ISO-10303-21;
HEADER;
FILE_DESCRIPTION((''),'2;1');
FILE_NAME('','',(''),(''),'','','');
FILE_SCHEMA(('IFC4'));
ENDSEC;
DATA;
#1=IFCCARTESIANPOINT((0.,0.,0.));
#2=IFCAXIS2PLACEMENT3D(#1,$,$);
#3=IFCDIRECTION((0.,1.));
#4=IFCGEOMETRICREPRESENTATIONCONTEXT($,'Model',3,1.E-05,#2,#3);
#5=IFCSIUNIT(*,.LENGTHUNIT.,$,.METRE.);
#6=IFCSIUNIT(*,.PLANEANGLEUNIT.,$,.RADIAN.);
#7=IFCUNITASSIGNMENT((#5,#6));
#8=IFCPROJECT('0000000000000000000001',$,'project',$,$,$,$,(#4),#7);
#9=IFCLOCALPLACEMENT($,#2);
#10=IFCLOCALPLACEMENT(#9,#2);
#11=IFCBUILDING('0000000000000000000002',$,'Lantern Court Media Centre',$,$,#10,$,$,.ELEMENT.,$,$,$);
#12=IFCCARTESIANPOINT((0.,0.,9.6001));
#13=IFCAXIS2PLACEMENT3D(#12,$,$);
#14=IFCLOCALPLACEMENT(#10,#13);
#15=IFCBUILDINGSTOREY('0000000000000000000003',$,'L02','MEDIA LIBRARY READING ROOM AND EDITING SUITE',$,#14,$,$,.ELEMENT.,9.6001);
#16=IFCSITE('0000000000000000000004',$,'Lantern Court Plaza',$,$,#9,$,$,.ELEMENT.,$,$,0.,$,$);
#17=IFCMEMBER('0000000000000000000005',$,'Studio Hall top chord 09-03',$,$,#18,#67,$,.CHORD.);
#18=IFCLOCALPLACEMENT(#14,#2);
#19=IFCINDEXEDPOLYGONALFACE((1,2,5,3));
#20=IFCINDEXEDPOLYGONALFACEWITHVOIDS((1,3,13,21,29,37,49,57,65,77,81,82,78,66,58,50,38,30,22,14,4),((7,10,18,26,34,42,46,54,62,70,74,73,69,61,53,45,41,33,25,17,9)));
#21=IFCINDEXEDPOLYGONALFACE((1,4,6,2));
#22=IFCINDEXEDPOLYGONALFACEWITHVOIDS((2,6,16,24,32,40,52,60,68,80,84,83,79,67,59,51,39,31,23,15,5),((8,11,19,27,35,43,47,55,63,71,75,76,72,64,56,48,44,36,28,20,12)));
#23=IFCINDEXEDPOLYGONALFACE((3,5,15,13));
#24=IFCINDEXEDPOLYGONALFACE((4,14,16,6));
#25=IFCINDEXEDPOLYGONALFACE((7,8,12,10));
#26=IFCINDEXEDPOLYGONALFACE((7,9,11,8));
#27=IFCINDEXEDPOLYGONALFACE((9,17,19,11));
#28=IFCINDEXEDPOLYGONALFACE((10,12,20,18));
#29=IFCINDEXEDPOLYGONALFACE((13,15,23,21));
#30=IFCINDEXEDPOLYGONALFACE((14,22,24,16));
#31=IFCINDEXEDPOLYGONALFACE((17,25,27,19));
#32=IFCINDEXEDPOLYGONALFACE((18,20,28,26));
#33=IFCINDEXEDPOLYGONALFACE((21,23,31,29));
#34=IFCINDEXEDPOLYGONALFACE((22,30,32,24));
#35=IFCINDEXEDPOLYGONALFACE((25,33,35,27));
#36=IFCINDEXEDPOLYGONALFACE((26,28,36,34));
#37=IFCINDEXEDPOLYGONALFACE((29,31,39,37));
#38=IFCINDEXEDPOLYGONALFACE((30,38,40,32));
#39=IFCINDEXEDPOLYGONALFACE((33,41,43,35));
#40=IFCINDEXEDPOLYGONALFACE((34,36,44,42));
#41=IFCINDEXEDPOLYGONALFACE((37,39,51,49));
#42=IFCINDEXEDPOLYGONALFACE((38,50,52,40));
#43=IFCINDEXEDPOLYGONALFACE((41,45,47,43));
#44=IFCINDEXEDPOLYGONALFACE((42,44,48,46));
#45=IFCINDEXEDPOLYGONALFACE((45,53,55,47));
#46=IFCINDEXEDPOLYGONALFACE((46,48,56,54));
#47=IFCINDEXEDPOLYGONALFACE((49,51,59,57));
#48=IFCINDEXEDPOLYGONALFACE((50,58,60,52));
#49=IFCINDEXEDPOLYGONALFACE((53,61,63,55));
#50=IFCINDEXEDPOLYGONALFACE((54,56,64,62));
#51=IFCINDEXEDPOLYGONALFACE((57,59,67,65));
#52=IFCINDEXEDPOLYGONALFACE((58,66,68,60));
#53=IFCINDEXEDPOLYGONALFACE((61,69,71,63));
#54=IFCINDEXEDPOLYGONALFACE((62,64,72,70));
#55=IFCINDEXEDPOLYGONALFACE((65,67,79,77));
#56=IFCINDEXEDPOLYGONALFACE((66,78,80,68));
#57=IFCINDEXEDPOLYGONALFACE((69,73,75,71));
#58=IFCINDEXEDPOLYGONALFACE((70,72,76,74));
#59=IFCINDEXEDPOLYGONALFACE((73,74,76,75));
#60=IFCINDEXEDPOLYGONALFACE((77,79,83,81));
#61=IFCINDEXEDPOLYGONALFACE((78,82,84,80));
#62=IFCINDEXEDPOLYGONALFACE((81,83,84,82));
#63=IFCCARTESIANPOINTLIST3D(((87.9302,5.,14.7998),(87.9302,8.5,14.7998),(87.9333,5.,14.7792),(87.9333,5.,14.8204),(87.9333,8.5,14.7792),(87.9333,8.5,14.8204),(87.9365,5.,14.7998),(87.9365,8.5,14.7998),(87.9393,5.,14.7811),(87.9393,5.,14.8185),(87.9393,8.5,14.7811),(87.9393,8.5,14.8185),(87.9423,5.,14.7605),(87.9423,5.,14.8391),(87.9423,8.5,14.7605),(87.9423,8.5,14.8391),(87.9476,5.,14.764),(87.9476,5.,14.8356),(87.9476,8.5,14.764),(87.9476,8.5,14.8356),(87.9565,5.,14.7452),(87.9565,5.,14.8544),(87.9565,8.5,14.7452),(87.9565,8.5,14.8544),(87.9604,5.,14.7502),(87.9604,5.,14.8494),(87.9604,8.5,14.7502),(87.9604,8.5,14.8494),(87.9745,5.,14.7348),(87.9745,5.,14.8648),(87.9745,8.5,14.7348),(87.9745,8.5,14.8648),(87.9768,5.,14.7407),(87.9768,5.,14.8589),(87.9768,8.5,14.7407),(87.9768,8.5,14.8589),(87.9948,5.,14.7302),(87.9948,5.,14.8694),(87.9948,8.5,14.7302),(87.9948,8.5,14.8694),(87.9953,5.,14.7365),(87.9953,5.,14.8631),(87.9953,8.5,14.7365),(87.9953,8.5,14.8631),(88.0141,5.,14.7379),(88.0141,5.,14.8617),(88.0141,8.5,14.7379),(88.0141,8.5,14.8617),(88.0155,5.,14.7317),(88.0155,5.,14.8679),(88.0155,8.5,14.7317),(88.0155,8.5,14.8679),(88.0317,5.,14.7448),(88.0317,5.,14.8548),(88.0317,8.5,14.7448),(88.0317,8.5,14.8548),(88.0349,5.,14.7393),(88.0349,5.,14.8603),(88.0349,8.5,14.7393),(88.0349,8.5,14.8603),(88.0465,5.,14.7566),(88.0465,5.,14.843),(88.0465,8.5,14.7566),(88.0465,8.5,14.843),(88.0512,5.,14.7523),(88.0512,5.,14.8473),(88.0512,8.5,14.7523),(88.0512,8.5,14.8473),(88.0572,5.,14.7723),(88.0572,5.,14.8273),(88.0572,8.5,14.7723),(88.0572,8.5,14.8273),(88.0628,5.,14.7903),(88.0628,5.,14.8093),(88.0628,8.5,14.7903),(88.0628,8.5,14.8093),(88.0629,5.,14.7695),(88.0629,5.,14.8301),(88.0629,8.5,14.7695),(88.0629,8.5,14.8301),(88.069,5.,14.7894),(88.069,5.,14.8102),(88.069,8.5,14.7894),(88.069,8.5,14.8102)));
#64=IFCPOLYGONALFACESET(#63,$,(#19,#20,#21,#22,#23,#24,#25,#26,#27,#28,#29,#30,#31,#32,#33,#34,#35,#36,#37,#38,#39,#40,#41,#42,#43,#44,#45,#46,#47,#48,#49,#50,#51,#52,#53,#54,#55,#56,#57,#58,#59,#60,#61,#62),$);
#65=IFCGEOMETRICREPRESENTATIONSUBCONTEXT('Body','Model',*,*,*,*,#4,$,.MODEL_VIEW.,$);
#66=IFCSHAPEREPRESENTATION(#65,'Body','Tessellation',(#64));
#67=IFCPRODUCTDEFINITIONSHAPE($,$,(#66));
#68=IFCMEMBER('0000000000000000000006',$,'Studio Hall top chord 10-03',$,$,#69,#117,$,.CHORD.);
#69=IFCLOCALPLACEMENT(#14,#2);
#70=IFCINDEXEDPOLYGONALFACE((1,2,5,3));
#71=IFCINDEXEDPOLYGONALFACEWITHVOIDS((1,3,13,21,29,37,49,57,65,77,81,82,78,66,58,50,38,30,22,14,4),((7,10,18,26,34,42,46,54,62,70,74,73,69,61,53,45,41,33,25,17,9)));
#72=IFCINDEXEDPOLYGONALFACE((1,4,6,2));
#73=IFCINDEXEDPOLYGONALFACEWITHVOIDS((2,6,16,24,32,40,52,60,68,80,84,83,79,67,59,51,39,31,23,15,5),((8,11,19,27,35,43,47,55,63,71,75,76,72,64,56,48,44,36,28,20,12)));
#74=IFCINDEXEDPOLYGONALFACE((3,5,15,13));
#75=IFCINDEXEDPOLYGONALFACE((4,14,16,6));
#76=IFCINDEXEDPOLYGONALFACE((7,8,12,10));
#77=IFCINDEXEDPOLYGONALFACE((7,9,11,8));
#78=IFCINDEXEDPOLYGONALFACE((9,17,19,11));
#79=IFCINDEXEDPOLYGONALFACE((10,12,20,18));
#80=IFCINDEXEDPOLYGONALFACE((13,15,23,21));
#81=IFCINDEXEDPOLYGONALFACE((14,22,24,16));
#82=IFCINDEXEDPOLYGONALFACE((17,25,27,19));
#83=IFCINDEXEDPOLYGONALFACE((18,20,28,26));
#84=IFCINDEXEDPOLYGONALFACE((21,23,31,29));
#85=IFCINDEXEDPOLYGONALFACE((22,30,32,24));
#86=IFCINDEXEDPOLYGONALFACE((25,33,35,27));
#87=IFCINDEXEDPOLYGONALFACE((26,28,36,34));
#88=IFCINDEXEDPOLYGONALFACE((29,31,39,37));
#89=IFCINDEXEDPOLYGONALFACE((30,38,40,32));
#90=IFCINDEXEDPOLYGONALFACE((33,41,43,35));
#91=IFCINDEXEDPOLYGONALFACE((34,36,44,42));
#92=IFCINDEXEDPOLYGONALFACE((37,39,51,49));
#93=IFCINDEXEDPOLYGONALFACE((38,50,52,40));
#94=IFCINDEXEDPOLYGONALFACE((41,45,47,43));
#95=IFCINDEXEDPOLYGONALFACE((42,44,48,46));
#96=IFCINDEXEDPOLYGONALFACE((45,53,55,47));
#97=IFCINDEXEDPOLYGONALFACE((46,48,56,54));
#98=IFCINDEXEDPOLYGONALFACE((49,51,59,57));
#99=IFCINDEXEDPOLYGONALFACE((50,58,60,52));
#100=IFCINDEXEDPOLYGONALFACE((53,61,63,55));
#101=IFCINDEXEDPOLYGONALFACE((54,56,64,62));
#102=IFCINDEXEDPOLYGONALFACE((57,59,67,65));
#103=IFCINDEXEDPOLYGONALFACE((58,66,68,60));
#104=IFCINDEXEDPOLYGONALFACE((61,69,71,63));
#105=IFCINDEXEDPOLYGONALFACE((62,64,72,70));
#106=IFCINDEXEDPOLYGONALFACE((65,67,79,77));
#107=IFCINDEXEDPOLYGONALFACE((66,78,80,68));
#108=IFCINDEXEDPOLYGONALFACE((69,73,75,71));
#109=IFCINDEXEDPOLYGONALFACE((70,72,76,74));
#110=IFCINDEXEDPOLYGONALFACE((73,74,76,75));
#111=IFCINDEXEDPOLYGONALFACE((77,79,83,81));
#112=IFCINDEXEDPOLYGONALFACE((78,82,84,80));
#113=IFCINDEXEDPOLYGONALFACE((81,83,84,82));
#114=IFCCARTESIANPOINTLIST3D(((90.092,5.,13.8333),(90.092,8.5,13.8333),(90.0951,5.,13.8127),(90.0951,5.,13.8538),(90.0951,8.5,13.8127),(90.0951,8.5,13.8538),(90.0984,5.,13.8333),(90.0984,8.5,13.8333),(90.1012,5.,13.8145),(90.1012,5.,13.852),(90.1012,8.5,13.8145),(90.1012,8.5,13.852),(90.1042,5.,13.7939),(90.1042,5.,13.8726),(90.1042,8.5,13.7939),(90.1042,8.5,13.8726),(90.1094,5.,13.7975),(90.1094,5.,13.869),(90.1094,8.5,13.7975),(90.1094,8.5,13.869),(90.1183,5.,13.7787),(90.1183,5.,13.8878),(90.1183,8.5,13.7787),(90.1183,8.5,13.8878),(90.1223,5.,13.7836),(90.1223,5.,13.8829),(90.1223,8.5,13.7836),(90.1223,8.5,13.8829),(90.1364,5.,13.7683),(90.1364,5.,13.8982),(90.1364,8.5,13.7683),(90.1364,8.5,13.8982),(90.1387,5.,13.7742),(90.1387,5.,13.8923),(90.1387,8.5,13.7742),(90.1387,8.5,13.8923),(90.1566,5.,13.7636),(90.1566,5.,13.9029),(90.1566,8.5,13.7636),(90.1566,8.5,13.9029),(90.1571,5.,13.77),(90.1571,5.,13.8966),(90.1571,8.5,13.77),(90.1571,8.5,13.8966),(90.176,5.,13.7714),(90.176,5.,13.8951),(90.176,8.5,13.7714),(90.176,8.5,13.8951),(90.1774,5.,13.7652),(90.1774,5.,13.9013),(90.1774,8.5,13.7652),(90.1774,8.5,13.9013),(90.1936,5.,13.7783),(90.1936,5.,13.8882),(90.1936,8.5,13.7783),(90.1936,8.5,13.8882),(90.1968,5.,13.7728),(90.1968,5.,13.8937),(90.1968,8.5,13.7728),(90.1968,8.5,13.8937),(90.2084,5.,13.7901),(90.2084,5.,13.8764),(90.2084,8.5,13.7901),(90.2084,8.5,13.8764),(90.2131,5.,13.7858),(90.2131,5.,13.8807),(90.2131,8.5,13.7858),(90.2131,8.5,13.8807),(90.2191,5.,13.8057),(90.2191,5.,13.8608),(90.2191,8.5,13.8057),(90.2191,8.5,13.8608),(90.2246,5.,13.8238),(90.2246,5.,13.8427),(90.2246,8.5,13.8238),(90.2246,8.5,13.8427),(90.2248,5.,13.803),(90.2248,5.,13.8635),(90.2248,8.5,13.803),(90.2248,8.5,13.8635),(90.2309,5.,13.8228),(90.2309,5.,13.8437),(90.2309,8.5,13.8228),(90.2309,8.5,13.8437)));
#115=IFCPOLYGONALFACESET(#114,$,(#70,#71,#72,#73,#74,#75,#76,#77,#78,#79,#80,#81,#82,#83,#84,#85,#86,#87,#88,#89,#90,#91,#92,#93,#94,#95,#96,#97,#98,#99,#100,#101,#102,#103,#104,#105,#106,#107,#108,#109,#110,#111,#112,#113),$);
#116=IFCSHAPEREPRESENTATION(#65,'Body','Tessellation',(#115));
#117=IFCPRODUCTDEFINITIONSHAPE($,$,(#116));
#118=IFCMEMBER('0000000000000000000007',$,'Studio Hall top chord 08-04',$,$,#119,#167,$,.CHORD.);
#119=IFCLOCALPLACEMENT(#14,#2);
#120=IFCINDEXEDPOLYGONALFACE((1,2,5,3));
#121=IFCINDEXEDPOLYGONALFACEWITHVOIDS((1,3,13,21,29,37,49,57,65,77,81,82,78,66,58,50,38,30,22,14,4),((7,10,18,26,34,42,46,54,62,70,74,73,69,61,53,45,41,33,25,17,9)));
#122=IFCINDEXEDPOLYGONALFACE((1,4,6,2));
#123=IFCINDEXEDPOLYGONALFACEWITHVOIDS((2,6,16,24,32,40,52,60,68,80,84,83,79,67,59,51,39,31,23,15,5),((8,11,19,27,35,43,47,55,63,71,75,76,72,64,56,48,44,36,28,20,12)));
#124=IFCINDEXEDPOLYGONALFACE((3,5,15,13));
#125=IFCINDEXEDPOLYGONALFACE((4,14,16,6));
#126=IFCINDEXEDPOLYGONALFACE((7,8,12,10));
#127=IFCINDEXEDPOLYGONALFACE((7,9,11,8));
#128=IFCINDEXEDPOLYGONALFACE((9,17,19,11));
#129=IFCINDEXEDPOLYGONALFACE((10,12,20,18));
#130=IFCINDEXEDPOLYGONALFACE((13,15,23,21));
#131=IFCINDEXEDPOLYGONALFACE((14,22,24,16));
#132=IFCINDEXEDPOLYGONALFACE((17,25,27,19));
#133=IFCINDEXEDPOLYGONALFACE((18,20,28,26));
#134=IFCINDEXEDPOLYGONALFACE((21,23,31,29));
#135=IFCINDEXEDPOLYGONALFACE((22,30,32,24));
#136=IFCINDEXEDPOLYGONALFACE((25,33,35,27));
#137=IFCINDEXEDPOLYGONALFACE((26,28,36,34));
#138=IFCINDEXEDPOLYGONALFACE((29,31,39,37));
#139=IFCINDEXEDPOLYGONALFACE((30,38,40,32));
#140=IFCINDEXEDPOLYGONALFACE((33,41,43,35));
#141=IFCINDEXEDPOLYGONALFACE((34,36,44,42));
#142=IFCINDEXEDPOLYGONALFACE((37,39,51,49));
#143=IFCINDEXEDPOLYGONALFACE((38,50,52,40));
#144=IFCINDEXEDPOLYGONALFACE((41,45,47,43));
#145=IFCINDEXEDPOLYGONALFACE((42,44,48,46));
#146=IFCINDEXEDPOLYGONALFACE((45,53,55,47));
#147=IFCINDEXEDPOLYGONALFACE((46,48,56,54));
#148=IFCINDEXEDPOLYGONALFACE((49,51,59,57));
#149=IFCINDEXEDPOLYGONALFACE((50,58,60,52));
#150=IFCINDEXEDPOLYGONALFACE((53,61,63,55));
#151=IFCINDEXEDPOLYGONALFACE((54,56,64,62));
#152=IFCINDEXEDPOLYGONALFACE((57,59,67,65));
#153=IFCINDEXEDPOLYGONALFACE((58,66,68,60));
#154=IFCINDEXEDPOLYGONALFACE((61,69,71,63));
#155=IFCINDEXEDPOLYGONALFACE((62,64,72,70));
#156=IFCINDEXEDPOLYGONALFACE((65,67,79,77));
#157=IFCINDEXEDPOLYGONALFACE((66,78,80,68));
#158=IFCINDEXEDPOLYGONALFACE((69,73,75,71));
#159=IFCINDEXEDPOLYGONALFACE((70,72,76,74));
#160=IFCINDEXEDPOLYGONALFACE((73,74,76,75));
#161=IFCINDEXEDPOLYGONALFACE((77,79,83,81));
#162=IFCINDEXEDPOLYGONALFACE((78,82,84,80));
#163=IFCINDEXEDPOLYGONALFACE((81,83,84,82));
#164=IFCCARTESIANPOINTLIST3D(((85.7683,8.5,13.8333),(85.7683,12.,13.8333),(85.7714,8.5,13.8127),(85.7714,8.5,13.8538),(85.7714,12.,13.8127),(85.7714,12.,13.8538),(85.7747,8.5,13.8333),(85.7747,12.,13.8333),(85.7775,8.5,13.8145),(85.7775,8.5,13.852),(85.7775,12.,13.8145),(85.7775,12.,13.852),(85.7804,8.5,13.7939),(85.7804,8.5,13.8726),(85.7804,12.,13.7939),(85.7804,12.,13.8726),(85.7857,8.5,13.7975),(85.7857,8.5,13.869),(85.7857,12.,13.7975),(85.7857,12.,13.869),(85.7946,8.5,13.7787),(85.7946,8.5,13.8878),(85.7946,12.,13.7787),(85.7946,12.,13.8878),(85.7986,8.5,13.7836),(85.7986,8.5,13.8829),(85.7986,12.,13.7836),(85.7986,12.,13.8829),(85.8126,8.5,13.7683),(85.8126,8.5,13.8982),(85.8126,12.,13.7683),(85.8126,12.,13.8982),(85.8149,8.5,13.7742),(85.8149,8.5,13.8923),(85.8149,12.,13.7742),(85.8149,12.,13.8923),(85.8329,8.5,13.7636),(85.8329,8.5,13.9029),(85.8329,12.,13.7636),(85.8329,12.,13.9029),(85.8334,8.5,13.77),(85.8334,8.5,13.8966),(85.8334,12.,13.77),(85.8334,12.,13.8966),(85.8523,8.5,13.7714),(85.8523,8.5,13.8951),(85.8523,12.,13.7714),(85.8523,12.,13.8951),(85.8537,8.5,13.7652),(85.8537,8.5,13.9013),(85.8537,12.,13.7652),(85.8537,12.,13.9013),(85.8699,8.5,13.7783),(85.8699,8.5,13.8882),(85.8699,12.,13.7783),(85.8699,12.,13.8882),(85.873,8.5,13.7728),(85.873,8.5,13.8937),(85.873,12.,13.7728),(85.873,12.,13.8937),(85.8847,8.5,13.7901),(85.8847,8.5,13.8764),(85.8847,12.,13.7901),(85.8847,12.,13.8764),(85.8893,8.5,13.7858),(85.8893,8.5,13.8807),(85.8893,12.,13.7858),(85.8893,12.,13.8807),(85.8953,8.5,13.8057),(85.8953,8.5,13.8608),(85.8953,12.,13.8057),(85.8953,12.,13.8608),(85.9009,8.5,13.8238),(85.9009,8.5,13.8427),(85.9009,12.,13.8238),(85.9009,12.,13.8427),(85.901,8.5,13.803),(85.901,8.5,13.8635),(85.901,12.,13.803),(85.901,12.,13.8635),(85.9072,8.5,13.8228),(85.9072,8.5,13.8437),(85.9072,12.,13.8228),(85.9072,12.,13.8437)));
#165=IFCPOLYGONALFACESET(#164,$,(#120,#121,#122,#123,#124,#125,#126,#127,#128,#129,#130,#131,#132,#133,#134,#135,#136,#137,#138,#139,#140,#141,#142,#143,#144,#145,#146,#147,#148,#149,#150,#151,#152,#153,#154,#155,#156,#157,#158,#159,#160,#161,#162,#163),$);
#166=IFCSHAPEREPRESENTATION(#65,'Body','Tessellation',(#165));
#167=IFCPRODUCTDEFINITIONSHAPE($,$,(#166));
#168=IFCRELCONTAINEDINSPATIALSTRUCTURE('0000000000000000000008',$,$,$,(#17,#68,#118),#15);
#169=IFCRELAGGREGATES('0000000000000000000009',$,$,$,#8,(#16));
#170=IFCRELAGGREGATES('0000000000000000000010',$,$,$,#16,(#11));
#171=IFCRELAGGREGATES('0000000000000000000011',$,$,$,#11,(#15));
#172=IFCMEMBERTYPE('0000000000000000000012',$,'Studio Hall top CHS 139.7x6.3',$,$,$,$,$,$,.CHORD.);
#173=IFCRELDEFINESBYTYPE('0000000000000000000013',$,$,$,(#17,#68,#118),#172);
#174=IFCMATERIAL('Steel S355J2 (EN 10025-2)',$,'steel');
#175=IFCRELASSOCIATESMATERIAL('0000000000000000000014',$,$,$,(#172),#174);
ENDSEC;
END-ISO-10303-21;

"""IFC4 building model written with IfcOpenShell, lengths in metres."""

from ifc_helpers import new_model, si_unit, direction, frame, origin, origin_2d, place, context, subcontext, project, spatial, hollow_circle, extrude, material, material_profile, profile_set, type_object, element, save


model = new_model("IFC4")

# Units and contexts
model_context = context("Model", 3, precision=1e-05, world=origin(), true_north=direction((0.0, 1.0)))
body_context = subcontext(model_context, "Body", "Model", "MODEL_VIEW")
ifc_project = project(units=[si_unit("LENGTHUNIT", "METRE"), si_unit("PLANEANGLEUNIT", "RADIAN")], contexts=[model_context])

# Site, building, storey
site_placement = place(None, origin())
site = spatial("IfcSite", under=ifc_project, at=site_placement, Name="Lantern Court Plaza", CompositionType="ELEMENT", RefElevation=0.0)
building_placement = place(site_placement, origin())
building = spatial("IfcBuilding", under=site, at=building_placement, Name="Lantern Court Media Centre", CompositionType="ELEMENT")
storey_placement = place(building_placement, frame((0.0, 0.0, 9.6001)))
storey = spatial("IfcBuildingStorey", under=building, at=storey_placement, Name="L02", Description="MEDIA LIBRARY READING ROOM AND EDITING SUITE", CompositionType="ELEMENT", Elevation=9.6001)

# Members
ifc_material = material(Name="Steel S355J2 (EN 10025-2)", Category="steel")
ifc_material_profile_1 = material_profile(ifc_material, hollow_circle(Radius=0.0698, WallThickness=0.0063, at=origin_2d()), Name="Studio Hall top CHS 139.7x6.3")
ifc_profile_set_1 = profile_set([ifc_material_profile_1], Name="Steel S355J2 (EN 10025-2)")
member_type_1 = type_object("IfcMemberType", Name="Studio Hall top CHS 139.7x6.3", PredefinedType="CHORD", material=ifc_profile_set_1)
for number, where, z_axis, x_axis, name in (
    (1, (88.0, 5.0, 14.7998), (0.0, 1.0, 0.0), (-1.0, 0.0, 0.0), "Studio Hall top chord 09-03"),
    (2, (90.1619, 5.0, 13.8333), (0.0, 1.0, 0.0), (-1.0, 0.0, 0.0), "Studio Hall top chord 10-03"),
    (3, (85.8381, 8.5, 13.8333), (0.0, 1.0, 0.0), (-1.0, 0.0, 0.0), "Studio Hall top chord 08-04"),
):
    element("IfcMember", number, at=place(storey_placement, frame(where, z_axis=z_axis, x_axis=x_axis)), inside=storey, type_object=member_type_1, Name=name, PredefinedType="CHORD", context=body_context, shape_type="SweptSolid", body=[
        extrude(hollow_circle(Radius=0.0698, WallThickness=0.0063, at=origin_2d()), origin(), (0.0, 0.0, 1.0), 3.5),
    ])

save(model, "model.ifc")
